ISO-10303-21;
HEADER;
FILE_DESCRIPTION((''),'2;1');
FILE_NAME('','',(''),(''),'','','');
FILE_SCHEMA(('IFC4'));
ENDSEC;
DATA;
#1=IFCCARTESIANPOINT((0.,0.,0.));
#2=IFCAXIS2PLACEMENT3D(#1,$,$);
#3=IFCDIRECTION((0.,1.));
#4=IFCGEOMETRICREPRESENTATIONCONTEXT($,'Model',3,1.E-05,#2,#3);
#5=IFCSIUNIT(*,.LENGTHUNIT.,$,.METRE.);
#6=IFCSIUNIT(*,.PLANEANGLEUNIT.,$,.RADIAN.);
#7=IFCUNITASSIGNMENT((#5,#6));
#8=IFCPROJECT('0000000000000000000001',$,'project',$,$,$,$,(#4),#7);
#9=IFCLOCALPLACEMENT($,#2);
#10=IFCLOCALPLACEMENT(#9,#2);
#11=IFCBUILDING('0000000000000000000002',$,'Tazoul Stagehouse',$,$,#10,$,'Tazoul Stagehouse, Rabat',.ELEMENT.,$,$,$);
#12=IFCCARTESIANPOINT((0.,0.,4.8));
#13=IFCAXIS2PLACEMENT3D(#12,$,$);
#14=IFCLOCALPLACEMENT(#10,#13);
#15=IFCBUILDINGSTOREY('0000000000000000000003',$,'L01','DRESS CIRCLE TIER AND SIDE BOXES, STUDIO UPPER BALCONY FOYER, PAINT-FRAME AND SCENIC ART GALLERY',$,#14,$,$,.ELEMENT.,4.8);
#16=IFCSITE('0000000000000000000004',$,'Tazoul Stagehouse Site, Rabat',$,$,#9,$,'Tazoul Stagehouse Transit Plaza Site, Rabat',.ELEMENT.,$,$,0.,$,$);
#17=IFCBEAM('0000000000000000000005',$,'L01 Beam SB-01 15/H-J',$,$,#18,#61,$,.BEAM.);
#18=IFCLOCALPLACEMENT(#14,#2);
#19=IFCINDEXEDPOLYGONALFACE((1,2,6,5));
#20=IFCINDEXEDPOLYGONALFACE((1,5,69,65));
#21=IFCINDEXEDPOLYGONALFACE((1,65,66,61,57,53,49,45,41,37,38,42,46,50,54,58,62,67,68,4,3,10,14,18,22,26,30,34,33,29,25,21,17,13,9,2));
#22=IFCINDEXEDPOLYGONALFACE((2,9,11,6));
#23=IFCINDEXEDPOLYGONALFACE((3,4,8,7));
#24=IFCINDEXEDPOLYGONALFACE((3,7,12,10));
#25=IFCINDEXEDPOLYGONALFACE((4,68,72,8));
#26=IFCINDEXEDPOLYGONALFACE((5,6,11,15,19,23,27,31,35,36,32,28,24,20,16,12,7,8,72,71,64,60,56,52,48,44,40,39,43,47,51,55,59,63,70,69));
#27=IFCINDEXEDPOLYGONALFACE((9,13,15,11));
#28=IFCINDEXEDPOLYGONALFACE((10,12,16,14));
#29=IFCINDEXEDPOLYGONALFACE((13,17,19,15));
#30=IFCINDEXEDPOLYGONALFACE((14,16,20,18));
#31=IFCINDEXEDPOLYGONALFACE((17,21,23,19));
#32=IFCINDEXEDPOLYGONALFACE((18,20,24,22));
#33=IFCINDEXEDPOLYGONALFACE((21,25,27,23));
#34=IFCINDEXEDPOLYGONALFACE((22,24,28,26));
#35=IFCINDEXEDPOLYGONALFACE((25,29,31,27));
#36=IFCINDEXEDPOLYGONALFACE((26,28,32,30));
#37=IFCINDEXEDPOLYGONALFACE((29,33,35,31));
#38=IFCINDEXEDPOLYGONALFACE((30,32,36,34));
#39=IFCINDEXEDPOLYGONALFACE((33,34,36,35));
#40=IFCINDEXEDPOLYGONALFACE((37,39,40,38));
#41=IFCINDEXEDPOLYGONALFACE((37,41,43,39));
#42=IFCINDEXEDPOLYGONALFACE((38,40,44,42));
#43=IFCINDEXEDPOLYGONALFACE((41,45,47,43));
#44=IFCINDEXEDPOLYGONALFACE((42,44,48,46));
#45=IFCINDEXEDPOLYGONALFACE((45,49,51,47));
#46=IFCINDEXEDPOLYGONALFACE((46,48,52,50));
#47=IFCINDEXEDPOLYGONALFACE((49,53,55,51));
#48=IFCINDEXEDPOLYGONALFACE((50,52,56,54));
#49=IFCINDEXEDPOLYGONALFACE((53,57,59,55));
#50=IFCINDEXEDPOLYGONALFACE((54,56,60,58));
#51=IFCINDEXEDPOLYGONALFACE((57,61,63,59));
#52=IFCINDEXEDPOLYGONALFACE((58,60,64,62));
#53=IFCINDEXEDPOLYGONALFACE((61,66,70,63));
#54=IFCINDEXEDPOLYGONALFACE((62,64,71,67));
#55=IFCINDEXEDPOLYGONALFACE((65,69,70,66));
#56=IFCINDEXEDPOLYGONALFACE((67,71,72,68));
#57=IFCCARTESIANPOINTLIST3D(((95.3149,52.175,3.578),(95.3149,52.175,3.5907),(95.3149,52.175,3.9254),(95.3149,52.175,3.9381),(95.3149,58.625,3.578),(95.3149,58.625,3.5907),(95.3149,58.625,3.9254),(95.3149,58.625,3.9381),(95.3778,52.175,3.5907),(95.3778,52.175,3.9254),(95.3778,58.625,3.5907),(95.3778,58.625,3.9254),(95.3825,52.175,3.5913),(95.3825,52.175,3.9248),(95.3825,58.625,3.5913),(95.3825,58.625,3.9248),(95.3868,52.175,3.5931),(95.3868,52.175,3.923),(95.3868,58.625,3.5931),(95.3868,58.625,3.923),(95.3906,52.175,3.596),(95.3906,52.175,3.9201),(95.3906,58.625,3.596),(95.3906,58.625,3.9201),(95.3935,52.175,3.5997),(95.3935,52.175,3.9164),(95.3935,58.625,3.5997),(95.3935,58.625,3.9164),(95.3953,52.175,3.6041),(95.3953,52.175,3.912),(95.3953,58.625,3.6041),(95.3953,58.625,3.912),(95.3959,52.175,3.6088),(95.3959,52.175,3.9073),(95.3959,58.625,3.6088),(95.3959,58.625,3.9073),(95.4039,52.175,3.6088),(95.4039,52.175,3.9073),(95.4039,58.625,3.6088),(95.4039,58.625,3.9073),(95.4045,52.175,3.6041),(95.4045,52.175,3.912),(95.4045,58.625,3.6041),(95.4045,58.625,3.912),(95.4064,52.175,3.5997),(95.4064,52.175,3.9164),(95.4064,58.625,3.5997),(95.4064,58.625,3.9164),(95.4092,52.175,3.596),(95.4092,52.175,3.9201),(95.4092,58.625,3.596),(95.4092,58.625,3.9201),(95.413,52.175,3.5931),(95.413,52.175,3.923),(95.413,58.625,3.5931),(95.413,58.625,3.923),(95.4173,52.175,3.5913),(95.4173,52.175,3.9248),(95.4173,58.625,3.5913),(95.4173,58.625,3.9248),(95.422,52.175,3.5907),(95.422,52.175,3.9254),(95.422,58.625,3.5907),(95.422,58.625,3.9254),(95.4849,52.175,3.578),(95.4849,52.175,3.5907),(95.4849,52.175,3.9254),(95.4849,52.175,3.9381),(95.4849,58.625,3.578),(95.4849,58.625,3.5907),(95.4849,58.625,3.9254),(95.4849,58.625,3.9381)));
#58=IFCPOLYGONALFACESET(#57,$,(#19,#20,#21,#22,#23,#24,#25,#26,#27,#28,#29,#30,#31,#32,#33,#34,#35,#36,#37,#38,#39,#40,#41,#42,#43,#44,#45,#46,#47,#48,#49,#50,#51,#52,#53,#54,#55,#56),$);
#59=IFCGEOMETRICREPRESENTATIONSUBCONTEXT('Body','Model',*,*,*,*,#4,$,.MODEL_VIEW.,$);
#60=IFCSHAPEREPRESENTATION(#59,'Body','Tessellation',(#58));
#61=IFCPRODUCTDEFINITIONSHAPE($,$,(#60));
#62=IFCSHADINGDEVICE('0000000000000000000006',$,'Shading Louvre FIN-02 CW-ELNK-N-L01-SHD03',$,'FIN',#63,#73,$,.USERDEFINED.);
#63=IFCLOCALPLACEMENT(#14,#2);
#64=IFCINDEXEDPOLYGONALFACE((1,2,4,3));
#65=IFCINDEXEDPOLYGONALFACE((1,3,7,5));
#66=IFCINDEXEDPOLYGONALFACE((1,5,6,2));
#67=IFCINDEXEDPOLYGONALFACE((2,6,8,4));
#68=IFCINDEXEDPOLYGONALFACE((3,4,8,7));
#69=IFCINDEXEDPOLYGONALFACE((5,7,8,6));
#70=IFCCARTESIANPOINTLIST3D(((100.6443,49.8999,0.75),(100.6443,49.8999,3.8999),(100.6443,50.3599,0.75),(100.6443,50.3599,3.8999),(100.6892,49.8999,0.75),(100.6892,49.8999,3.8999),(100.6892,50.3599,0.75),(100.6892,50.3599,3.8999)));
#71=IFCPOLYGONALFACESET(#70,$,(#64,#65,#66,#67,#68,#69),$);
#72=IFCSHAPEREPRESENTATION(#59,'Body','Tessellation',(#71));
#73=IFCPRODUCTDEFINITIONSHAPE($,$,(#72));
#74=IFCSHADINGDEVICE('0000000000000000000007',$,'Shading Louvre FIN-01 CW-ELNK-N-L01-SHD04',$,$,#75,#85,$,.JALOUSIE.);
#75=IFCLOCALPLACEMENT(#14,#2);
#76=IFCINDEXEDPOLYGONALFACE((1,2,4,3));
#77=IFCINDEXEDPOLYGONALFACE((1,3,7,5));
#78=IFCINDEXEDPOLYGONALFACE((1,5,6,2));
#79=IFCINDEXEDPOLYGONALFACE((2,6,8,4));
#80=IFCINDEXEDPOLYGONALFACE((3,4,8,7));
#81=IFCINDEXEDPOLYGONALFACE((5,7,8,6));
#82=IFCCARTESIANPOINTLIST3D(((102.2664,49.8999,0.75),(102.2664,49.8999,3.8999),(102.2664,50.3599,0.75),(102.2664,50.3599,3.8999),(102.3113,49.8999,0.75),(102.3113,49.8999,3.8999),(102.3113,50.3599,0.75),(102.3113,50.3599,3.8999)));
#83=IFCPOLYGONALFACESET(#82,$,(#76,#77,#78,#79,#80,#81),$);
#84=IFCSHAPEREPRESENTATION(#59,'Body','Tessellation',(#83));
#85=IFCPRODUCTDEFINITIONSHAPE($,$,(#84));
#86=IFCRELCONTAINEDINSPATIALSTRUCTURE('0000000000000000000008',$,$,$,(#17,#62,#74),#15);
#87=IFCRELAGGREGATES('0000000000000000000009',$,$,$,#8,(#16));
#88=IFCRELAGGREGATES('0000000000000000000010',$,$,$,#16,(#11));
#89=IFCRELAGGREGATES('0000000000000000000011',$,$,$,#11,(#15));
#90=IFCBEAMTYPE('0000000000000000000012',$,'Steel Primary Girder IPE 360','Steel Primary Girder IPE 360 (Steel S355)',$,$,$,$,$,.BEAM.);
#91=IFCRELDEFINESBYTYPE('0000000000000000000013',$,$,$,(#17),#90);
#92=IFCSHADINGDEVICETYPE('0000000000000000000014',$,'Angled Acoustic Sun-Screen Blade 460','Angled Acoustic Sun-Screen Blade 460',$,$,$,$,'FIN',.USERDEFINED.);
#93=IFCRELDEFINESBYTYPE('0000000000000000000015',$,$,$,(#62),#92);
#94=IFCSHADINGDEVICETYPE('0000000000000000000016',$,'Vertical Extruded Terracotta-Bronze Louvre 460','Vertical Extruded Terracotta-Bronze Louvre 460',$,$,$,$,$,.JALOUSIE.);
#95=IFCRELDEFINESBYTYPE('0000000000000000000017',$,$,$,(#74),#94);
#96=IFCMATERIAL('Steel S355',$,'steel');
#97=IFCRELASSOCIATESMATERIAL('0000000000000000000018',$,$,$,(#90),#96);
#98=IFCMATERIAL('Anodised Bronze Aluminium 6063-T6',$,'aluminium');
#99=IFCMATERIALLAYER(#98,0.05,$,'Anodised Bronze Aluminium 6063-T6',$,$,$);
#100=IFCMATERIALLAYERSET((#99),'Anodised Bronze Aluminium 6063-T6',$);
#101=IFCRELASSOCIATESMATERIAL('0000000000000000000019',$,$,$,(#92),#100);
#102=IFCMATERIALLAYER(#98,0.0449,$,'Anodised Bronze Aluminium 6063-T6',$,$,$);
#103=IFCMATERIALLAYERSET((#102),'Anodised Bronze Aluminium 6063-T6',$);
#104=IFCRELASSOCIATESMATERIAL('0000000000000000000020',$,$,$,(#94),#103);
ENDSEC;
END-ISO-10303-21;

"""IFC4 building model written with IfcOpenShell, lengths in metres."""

from ifc_helpers import new_model, si_unit, direction, frame, origin, origin_2d, place, context, subcontext, project, spatial, rectangle, i_section, extrude, material, layer, layer_set, material_profile, profile_set, type_object, element, save


model = new_model("IFC4")

# Units and contexts
model_context = context("Model", 3, precision=1e-05, world=origin(), true_north=direction((0.0, 1.0)))
body_context = subcontext(model_context, "Body", "Model", "MODEL_VIEW")
ifc_project = project(units=[si_unit("LENGTHUNIT", "METRE"), si_unit("PLANEANGLEUNIT", "RADIAN")], contexts=[model_context])

# Site, building, storey
site_placement = place(None, origin())
site = spatial("IfcSite", under=ifc_project, at=site_placement, Name="Tazoul Stagehouse Site, Rabat", LongName="Tazoul Stagehouse Transit Plaza Site, Rabat", CompositionType="ELEMENT", RefElevation=0.0)
building_placement = place(site_placement, origin())
building = spatial("IfcBuilding", under=site, at=building_placement, Name="Tazoul Stagehouse", LongName="Tazoul Stagehouse, Rabat", CompositionType="ELEMENT")
storey_placement = place(building_placement, frame((0.0, 0.0, 4.8)))
storey = spatial("IfcBuildingStorey", under=building, at=storey_placement, Name="L01", Description="DRESS CIRCLE TIER AND SIDE BOXES, STUDIO UPPER BALCONY FOYER, PAINT-FRAME AND SCENIC ART GALLERY", CompositionType="ELEMENT", Elevation=4.8)

# Beam
ifc_material_1 = material(Name="Steel S355", Category="steel")
ifc_material_profile_1 = material_profile(ifc_material_1, i_section(OverallWidth=0.1699, OverallDepth=0.3601, WebThickness=0.0081, FlangeThickness=0.0127, FilletRadius=0.0181, at=origin_2d()), Name="IPE 360")
ifc_profile_set_1 = profile_set([ifc_material_profile_1], Name="Steel S355")
beam_type_1 = type_object("IfcBeamType", Name="Steel Primary Girder IPE 360", Description="Steel Primary Girder IPE 360 (Steel S355)", PredefinedType="BEAM", material=ifc_profile_set_1)
beam_1_placement = place(storey_placement, frame((95.3999, 52.175, 3.7581), z_axis=(0.0, 1.0, 0.0), x_axis=(-1.0, 0.0, 0.0)))
element("IfcBeam", 1, at=beam_1_placement, inside=storey, type_object=beam_type_1, Name="L01 Beam SB-01 15/H-J", PredefinedType="BEAM", context=body_context, shape_type="SweptSolid", body=[
    extrude(i_section(OverallWidth=0.1699, OverallDepth=0.3601, WebThickness=0.0081, FlangeThickness=0.0127, FilletRadius=0.0181, at=origin_2d()), origin(), (0.0, 0.0, 1.0), 6.45),
])

# Shading devices
ifc_material_2 = material(Name="Anodised Bronze Aluminium 6063-T6", Category="aluminium")
ifc_layer_1 = layer(ifc_material_2, 0.05, Name="Anodised Bronze Aluminium 6063-T6")
ifc_layer_set_1 = layer_set([ifc_layer_1], Name="Anodised Bronze Aluminium 6063-T6")
shading_device_type_1 = type_object("IfcShadingDeviceType", Name="Angled Acoustic Sun-Screen Blade 460", Description="Angled Acoustic Sun-Screen Blade 460", ElementType="FIN", PredefinedType="USERDEFINED", material=ifc_layer_set_1)
shading_device_1_placement = place(storey_placement, frame((100.6667, 50.1299, 0.75), z_axis=(0.0, 0.0, 1.0), x_axis=(1.0, 0.0, 0.0)))
element("IfcShadingDevice", 2, at=shading_device_1_placement, inside=storey, type_object=shading_device_type_1, Name="Shading Louvre FIN-02 CW-ELNK-N-L01-SHD03", ObjectType="FIN", PredefinedType="USERDEFINED", context=body_context, shape_type="SweptSolid", body=[
    extrude(rectangle(XDim=0.0449, YDim=0.46, at=origin_2d()), origin(), (0.0, 0.0, 1.0), 3.1499),
])
ifc_layer_2 = layer(ifc_material_2, 0.0449, Name="Anodised Bronze Aluminium 6063-T6")
ifc_layer_set_2 = layer_set([ifc_layer_2], Name="Anodised Bronze Aluminium 6063-T6")
shading_device_type_2 = type_object("IfcShadingDeviceType", Name="Vertical Extruded Terracotta-Bronze Louvre 460", Description="Vertical Extruded Terracotta-Bronze Louvre 460", PredefinedType="JALOUSIE", material=ifc_layer_set_2)
shading_device_2_placement = place(storey_placement, frame((102.2888, 50.1299, 0.75), z_axis=(0.0, 0.0, 1.0), x_axis=(1.0, 0.0, 0.0)))
element("IfcShadingDevice", 3, at=shading_device_2_placement, inside=storey, type_object=shading_device_type_2, Name="Shading Louvre FIN-01 CW-ELNK-N-L01-SHD04", PredefinedType="JALOUSIE", context=body_context, shape_type="SweptSolid", body=[
    extrude(rectangle(XDim=0.0449, YDim=0.46, at=origin_2d()), origin(), (0.0, 0.0, 1.0), 3.1499),
])

save(model, "model.ifc")
